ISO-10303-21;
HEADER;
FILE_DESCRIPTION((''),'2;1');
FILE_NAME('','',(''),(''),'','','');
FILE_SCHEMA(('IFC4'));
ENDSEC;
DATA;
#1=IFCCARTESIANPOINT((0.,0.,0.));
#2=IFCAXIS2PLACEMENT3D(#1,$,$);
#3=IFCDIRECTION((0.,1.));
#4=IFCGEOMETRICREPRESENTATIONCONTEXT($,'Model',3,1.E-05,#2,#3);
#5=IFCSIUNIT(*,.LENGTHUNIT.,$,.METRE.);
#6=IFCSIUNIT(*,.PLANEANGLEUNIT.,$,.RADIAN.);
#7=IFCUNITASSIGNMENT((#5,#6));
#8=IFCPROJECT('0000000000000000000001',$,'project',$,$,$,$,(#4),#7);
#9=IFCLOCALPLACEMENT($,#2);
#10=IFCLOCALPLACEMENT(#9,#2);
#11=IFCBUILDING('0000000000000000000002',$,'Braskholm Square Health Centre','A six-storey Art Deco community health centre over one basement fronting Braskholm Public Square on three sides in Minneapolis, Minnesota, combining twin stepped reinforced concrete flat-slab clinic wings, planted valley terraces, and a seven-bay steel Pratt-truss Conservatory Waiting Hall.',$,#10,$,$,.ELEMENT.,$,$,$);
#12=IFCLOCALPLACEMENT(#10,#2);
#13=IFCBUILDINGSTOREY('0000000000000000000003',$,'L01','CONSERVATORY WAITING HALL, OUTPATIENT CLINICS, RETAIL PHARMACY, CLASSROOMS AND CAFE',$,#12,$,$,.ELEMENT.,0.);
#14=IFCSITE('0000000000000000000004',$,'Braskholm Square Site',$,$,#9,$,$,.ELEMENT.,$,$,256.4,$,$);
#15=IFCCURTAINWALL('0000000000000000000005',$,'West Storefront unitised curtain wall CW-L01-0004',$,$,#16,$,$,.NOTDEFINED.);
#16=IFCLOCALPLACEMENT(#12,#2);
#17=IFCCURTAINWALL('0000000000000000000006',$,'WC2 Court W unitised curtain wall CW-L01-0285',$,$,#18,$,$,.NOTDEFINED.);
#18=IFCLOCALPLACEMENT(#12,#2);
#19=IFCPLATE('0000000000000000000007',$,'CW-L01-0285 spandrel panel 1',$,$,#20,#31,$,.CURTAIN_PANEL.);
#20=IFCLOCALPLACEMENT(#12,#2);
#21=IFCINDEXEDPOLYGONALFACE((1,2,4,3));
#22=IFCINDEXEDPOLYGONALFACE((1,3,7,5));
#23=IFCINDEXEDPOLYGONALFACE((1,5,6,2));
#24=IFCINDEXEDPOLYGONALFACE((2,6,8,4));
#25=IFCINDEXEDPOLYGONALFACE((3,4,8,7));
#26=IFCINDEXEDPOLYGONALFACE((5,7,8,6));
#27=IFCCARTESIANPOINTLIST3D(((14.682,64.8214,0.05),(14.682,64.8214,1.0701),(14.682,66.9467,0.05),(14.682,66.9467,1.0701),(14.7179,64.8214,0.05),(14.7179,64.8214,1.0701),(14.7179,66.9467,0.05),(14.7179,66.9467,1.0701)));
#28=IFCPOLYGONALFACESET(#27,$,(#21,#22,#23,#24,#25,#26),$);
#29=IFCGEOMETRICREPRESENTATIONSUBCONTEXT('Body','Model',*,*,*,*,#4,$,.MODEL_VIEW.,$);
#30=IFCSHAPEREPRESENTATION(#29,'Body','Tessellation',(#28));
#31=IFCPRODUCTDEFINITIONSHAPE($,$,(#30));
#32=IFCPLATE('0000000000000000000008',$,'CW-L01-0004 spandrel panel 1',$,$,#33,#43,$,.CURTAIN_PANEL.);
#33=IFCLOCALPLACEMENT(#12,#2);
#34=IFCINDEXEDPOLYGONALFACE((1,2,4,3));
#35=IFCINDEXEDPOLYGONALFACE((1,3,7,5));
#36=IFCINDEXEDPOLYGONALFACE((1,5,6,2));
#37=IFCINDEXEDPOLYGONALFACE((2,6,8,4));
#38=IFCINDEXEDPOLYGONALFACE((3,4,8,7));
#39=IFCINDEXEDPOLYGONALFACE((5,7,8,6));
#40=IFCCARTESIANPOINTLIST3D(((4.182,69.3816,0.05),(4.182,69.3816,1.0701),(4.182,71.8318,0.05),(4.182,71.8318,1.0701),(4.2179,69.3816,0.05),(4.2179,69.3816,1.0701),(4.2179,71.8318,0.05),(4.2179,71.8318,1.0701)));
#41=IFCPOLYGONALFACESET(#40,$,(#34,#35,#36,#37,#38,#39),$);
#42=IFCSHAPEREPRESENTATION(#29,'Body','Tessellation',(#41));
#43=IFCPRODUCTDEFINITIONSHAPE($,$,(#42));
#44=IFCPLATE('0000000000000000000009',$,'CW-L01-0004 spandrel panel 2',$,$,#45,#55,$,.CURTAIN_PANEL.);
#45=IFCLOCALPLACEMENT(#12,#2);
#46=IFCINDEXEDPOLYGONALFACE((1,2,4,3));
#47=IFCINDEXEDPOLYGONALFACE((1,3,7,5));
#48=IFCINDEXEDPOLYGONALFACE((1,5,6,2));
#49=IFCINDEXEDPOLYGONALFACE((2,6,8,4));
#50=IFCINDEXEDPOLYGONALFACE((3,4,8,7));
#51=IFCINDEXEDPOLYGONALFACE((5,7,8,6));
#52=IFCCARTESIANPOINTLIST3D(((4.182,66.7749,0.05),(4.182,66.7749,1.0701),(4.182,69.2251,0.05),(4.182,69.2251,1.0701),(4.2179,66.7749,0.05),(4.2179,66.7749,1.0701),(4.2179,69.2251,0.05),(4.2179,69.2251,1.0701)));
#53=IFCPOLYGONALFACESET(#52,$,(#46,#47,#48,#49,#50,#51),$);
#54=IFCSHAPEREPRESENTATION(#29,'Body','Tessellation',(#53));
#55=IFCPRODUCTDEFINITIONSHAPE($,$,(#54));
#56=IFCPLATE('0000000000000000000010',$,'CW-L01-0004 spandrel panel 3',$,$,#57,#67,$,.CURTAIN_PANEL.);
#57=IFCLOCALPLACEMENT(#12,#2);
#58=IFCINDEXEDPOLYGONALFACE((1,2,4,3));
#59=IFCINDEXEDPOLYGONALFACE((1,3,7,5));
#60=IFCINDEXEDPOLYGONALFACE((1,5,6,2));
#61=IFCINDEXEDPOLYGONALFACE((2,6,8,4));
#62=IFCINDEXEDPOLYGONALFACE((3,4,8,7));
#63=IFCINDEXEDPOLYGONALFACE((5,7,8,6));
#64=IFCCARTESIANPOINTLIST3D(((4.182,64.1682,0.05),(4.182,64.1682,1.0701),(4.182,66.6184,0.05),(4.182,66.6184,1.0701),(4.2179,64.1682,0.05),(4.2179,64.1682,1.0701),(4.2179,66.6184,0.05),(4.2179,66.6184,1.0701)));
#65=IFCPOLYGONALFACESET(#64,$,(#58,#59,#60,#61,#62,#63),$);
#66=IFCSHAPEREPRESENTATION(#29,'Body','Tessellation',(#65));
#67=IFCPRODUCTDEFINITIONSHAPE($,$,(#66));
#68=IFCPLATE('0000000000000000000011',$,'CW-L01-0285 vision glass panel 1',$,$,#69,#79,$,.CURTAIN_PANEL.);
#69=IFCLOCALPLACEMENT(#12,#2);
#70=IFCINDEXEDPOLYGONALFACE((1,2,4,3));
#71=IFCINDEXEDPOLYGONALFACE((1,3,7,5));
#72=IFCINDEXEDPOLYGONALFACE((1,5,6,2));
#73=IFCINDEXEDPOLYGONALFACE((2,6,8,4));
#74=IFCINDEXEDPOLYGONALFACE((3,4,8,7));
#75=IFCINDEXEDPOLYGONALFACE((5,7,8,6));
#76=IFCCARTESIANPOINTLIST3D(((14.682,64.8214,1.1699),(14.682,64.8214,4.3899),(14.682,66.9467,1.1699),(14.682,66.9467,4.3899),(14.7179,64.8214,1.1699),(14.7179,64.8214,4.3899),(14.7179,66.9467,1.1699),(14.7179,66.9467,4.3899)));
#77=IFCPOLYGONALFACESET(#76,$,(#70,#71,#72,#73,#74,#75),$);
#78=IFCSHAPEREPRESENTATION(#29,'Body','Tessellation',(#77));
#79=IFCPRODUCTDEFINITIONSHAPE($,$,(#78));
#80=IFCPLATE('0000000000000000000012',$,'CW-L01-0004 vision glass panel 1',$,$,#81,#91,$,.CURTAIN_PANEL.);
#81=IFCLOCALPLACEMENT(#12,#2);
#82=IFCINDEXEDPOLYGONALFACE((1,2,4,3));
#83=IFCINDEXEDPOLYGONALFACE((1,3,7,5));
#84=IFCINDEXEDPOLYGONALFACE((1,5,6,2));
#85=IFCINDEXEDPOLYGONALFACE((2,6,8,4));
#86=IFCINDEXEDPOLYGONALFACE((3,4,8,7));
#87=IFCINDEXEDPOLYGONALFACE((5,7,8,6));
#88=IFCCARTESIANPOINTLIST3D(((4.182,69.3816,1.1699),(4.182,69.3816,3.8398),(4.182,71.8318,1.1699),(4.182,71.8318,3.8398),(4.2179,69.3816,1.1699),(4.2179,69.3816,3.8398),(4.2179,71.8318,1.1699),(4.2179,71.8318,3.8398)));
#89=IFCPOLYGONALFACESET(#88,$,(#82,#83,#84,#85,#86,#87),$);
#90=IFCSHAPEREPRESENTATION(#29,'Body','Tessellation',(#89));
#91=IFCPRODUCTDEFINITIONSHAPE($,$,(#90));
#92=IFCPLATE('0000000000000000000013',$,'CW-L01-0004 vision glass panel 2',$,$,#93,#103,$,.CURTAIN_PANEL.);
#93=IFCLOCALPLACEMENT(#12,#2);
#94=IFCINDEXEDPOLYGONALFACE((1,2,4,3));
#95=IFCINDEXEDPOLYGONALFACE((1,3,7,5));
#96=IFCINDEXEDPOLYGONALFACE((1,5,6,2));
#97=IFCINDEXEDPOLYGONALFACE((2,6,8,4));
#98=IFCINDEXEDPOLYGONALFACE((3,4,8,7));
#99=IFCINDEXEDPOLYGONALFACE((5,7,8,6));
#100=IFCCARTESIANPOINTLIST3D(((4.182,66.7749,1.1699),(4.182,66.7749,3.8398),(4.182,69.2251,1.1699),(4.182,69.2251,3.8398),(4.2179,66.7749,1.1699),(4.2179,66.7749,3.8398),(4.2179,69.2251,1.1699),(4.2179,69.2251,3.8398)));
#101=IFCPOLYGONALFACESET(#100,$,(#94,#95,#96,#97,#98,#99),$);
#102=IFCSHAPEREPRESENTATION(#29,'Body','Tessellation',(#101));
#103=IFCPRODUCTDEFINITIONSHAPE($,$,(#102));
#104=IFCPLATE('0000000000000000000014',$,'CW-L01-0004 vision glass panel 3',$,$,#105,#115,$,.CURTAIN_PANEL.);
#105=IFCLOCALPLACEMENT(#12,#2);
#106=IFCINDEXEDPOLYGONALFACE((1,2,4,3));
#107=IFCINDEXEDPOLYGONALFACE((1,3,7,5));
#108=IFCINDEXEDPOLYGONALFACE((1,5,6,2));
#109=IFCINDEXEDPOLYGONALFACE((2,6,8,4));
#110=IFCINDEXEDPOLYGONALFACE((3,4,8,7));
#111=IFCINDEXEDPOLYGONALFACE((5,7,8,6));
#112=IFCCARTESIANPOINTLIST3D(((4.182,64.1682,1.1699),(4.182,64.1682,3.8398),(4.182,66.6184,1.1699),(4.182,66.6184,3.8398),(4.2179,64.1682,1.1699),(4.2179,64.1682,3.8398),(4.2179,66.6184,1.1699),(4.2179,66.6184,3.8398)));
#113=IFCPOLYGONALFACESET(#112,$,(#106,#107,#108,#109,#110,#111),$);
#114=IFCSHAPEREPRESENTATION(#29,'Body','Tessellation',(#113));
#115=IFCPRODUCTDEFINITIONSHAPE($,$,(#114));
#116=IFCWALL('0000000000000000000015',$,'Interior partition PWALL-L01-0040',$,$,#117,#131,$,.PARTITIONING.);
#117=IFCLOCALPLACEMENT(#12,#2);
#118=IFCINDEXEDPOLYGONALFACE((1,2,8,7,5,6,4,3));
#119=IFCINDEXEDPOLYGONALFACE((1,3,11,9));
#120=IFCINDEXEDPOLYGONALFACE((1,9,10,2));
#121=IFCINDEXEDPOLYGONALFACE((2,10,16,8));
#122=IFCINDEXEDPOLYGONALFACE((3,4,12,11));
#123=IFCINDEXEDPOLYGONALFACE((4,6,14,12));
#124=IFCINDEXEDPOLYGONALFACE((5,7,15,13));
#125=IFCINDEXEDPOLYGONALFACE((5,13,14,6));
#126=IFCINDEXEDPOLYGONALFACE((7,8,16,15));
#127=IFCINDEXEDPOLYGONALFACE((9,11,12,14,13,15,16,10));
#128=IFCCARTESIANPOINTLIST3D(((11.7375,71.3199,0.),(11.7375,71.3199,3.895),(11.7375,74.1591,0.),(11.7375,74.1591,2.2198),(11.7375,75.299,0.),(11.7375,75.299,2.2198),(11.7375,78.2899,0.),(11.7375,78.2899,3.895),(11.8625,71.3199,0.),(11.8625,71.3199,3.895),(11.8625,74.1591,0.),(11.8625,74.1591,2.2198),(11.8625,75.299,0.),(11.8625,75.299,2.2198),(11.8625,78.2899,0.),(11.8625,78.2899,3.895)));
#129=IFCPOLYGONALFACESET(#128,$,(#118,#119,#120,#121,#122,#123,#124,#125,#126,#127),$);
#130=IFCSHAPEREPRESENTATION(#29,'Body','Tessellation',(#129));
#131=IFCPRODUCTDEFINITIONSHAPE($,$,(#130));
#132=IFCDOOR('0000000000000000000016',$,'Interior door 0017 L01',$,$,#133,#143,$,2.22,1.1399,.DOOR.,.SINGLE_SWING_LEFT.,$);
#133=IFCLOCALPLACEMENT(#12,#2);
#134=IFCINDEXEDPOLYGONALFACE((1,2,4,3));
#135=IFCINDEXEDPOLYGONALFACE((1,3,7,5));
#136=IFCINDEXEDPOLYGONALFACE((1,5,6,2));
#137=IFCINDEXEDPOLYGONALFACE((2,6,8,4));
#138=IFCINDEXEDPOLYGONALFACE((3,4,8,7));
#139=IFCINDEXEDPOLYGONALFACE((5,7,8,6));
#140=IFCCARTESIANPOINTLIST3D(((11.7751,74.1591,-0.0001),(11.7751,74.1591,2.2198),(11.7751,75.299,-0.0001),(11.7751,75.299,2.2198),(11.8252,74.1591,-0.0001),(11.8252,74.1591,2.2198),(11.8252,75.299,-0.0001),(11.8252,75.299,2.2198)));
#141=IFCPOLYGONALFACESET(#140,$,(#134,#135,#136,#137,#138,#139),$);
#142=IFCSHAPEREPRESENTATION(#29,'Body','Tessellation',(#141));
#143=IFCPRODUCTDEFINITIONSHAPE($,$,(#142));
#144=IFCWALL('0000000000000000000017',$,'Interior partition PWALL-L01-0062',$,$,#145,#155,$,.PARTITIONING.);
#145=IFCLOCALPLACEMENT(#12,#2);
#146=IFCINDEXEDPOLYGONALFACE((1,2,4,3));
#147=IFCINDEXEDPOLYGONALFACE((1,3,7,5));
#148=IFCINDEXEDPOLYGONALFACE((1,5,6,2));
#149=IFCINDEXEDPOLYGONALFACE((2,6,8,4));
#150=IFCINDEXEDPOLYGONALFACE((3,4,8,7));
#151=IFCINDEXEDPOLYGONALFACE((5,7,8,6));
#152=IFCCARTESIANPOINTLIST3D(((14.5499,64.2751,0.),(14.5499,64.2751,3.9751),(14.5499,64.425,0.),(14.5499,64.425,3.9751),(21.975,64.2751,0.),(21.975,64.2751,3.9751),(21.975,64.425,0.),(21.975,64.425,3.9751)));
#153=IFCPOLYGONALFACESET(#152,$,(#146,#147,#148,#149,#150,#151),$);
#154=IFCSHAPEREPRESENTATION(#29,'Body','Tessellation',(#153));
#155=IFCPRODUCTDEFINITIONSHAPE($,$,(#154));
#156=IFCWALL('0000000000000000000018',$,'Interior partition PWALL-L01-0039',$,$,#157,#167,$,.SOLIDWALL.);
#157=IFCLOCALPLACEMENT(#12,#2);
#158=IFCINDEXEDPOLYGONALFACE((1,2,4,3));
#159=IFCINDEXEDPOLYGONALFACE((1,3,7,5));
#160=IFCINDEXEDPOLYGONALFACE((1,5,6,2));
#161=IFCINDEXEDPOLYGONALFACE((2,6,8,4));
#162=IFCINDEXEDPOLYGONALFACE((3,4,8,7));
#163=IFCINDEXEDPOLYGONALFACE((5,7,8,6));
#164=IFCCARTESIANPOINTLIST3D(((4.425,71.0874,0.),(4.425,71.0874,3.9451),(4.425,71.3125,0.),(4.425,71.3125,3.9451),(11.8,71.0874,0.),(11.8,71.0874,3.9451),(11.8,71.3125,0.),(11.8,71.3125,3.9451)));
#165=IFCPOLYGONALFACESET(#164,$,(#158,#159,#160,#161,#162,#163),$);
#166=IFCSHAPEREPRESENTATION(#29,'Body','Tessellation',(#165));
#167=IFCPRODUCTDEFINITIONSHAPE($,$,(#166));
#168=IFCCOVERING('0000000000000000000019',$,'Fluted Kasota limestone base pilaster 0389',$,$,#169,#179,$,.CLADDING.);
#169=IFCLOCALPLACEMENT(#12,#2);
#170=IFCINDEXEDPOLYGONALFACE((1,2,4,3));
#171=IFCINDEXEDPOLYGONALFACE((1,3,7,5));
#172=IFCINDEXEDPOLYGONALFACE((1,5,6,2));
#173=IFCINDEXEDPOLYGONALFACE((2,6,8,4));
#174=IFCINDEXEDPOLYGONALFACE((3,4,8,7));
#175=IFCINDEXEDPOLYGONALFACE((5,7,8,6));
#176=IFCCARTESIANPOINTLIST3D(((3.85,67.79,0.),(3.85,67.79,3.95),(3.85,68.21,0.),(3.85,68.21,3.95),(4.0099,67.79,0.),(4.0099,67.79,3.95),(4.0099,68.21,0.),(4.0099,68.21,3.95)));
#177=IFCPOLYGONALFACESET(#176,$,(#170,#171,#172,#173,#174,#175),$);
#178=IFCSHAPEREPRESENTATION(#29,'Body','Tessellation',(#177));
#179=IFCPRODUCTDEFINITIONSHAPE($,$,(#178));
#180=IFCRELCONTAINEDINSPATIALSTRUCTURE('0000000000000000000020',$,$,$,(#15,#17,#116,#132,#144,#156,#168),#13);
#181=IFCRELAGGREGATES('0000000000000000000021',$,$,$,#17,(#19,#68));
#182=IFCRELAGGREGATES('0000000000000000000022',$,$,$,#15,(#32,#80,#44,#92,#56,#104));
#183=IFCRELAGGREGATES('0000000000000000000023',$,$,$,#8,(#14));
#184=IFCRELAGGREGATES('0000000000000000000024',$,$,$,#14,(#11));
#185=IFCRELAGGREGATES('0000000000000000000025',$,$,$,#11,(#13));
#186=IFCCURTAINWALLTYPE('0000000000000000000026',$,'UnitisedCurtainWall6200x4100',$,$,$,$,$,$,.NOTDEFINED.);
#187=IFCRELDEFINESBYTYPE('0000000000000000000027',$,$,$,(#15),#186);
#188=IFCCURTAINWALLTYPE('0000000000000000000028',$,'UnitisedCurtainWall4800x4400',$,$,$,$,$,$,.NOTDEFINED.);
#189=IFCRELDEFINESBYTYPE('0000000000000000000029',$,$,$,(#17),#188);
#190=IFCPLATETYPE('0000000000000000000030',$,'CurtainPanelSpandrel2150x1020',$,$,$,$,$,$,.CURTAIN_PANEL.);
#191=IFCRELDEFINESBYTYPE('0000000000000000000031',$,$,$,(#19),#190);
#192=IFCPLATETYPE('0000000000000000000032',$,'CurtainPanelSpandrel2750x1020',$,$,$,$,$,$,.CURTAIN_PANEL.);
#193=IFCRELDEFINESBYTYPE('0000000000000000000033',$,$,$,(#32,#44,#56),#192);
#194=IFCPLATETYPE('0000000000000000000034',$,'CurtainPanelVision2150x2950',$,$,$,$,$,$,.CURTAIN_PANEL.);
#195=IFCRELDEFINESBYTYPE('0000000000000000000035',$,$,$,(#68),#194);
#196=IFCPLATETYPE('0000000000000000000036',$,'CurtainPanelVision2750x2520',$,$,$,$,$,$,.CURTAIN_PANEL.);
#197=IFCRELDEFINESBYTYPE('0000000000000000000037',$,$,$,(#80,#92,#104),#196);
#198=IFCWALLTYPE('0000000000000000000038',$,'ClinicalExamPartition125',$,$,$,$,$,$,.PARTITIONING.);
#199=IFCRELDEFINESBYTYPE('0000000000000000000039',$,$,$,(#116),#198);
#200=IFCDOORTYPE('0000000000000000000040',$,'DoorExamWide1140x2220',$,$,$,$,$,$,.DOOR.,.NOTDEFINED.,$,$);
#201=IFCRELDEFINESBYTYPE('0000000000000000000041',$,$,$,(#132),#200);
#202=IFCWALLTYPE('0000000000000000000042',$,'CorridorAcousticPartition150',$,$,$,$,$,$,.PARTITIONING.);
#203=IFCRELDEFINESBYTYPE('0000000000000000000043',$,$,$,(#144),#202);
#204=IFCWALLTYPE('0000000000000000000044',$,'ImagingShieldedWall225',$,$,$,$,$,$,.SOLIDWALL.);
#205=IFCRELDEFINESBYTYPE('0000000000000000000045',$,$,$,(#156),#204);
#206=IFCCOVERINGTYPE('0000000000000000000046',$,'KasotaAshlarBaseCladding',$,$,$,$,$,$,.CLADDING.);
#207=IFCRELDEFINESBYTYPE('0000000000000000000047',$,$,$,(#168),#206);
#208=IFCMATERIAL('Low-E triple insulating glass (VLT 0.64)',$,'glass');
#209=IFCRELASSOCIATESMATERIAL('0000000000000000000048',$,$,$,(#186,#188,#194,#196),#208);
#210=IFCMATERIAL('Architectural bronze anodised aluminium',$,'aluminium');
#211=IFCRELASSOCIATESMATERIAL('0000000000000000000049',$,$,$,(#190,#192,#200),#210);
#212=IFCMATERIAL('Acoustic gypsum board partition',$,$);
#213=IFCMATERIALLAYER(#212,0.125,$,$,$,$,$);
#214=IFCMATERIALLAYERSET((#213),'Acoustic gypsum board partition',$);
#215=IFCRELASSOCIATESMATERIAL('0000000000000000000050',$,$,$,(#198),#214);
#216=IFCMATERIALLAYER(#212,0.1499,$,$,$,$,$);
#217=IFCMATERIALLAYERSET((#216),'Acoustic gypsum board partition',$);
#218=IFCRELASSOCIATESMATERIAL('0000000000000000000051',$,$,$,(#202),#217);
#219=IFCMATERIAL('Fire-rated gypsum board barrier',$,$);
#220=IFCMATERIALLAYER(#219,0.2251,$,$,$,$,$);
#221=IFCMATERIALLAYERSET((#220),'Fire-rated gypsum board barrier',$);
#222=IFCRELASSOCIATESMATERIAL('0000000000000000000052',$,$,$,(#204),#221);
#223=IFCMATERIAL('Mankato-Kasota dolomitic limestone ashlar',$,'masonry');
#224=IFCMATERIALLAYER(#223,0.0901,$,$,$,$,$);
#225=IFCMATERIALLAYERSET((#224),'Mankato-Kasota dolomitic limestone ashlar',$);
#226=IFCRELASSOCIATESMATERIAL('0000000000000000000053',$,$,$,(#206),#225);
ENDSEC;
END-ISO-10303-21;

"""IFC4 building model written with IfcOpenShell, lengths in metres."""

from ifc_helpers import new_model, si_unit, direction, frame, frame_2d, origin, origin_with_axes, origin_2d, place, context, subcontext, project, spatial, rectangle, extrude, material, layer, layer_set, type_object, element, fill, aggregate, save


model = new_model("IFC4")

# Units and contexts
model_context = context("Model", 3, precision=1e-05, world=origin(), true_north=direction((0.0, 1.0)))
body_context = subcontext(model_context, "Body", "Model", "MODEL_VIEW")
ifc_project = project(units=[si_unit("LENGTHUNIT", "METRE"), si_unit("PLANEANGLEUNIT", "RADIAN")], contexts=[model_context])

# Site, building, storey
site_placement = place(None, origin())
site = spatial("IfcSite", under=ifc_project, at=site_placement, Name="Braskholm Square Site", CompositionType="ELEMENT", RefElevation=256.4)
building_placement = place(site_placement, origin())
building = spatial("IfcBuilding", under=site, at=building_placement, Name="Braskholm Square Health Centre", Description="A six-storey Art Deco community health centre over one basement fronting Braskholm Public Square on three sides in Minneapolis, Minnesota, combining twin stepped reinforced concrete flat-slab clinic wings, planted valley terraces, and a seven-bay steel Pratt-truss Conservatory Waiting Hall.", CompositionType="ELEMENT")
storey_placement = place(building_placement, origin())
storey = spatial("IfcBuildingStorey", under=building, at=storey_placement, Name="L01", Description="CONSERVATORY WAITING HALL, OUTPATIENT CLINICS, RETAIL PHARMACY, CLASSROOMS AND CAFE", CompositionType="ELEMENT", Elevation=0.0)

# Curtain wall
ifc_material_1 = material(Name="Low-E triple insulating glass (VLT 0.64)", Category="glass")
curtain_wall_type_1 = type_object("IfcCurtainWallType", Name="UnitisedCurtainWall6200x4100", PredefinedType="NOTDEFINED", material=ifc_material_1)
curtain_wall_1_placement = place(storey_placement, origin())
curtain_wall_1 = element("IfcCurtainWall", 1, at=curtain_wall_1_placement, inside=storey, type_object=curtain_wall_type_1, Name="West Storefront unitised curtain wall CW-L01-0004", PredefinedType="NOTDEFINED")
ifc_material_2 = material(Name="Architectural bronze anodised aluminium", Category="aluminium")

# Curtain wall
curtain_wall_type_2 = type_object("IfcCurtainWallType", Name="UnitisedCurtainWall4800x4400", PredefinedType="NOTDEFINED", material=ifc_material_1)
curtain_wall_2_placement = place(storey_placement, origin())
curtain_wall_2 = element("IfcCurtainWall", 2, at=curtain_wall_2_placement, inside=storey, type_object=curtain_wall_type_2, Name="WC2 Court W unitised curtain wall CW-L01-0285", PredefinedType="NOTDEFINED")

# Plates
plate_type_1 = type_object("IfcPlateType", Name="CurtainPanelSpandrel2150x1020", PredefinedType="CURTAIN_PANEL", material=ifc_material_2)
plate_1_placement = place(storey_placement, frame((14.7, 65.884, 0.05), z_axis=(0.0, 0.0, 1.0), x_axis=(0.0, 1.0, 0.0)))
plate_1 = element("IfcPlate", 3, at=plate_1_placement, type_object=plate_type_1, Name="CW-L01-0285 spandrel panel 1", PredefinedType="CURTAIN_PANEL", context=body_context, shape_type="SweptSolid", body=[
    extrude(rectangle(XDim=2.1252, YDim=0.0359, at=origin_2d()), origin(), (0.0, 0.0, 1.0), 1.02),
])
plate_type_2 = type_object("IfcPlateType", Name="CurtainPanelSpandrel2750x1020", PredefinedType="CURTAIN_PANEL", material=ifc_material_2)
plate_2_placement = place(storey_placement, frame((4.2, 70.6067, 0.05), z_axis=(0.0, 0.0, 1.0), x_axis=(0.0, -1.0, 0.0)))
plate_2 = element("IfcPlate", 4, at=plate_2_placement, type_object=plate_type_2, Name="CW-L01-0004 spandrel panel 1", PredefinedType="CURTAIN_PANEL", context=body_context, shape_type="SweptSolid", body=[
    extrude(rectangle(XDim=2.4502, YDim=0.0359, at=origin_2d()), origin(), (0.0, 0.0, 1.0), 1.02),
])
plate_3_placement = place(storey_placement, frame((4.2, 68.0, 0.05), z_axis=(0.0, 0.0, 1.0), x_axis=(0.0, -1.0, 0.0)))
plate_3 = element("IfcPlate", 5, at=plate_3_placement, type_object=plate_type_2, Name="CW-L01-0004 spandrel panel 2", PredefinedType="CURTAIN_PANEL", context=body_context, shape_type="SweptSolid", body=[
    extrude(rectangle(XDim=2.4502, YDim=0.0359, at=origin_2d()), origin(), (0.0, 0.0, 1.0), 1.02),
])
plate_4_placement = place(storey_placement, frame((4.2, 65.3933, 0.05), z_axis=(0.0, 0.0, 1.0), x_axis=(0.0, -1.0, 0.0)))
plate_4 = element("IfcPlate", 6, at=plate_4_placement, type_object=plate_type_2, Name="CW-L01-0004 spandrel panel 3", PredefinedType="CURTAIN_PANEL", context=body_context, shape_type="SweptSolid", body=[
    extrude(rectangle(XDim=2.4502, YDim=0.0359, at=origin_2d()), origin(), (0.0, 0.0, 1.0), 1.02),
])
plate_type_3 = type_object("IfcPlateType", Name="CurtainPanelVision2150x2950", PredefinedType="CURTAIN_PANEL", material=ifc_material_1)
plate_5_placement = place(storey_placement, frame((14.7, 65.884, 1.1699), z_axis=(0.0, 0.0, 1.0), x_axis=(0.0, 1.0, 0.0)))
plate_5 = element("IfcPlate", 7, at=plate_5_placement, type_object=plate_type_3, Name="CW-L01-0285 vision glass panel 1", PredefinedType="CURTAIN_PANEL", context=body_context, shape_type="SweptSolid", body=[
    extrude(rectangle(XDim=2.1252, YDim=0.0359, at=origin_2d()), origin(), (0.0, 0.0, 1.0), 3.22),
])
aggregate(curtain_wall_2, [plate_1, plate_5])
plate_type_4 = type_object("IfcPlateType", Name="CurtainPanelVision2750x2520", PredefinedType="CURTAIN_PANEL", material=ifc_material_1)
plate_6_placement = place(storey_placement, frame((4.2, 70.6067, 1.1699), z_axis=(0.0, 0.0, 1.0), x_axis=(0.0, -1.0, 0.0)))
plate_6 = element("IfcPlate", 8, at=plate_6_placement, type_object=plate_type_4, Name="CW-L01-0004 vision glass panel 1", PredefinedType="CURTAIN_PANEL", context=body_context, shape_type="SweptSolid", body=[
    extrude(rectangle(XDim=2.4502, YDim=0.0359, at=origin_2d()), origin(), (0.0, 0.0, 1.0), 2.6699),
])
plate_7_placement = place(storey_placement, frame((4.2, 68.0, 1.1699), z_axis=(0.0, 0.0, 1.0), x_axis=(0.0, -1.0, 0.0)))
plate_7 = element("IfcPlate", 9, at=plate_7_placement, type_object=plate_type_4, Name="CW-L01-0004 vision glass panel 2", PredefinedType="CURTAIN_PANEL", context=body_context, shape_type="SweptSolid", body=[
    extrude(rectangle(XDim=2.4502, YDim=0.0359, at=origin_2d()), origin(), (0.0, 0.0, 1.0), 2.6699),
])
plate_8_placement = place(storey_placement, frame((4.2, 65.3933, 1.1699), z_axis=(0.0, 0.0, 1.0), x_axis=(0.0, -1.0, 0.0)))
plate_8 = element("IfcPlate", 10, at=plate_8_placement, type_object=plate_type_4, Name="CW-L01-0004 vision glass panel 3", PredefinedType="CURTAIN_PANEL", context=body_context, shape_type="SweptSolid", body=[
    extrude(rectangle(XDim=2.4502, YDim=0.0359, at=origin_2d()), origin(), (0.0, 0.0, 1.0), 2.6699),
])
aggregate(curtain_wall_1, [plate_2, plate_6, plate_3, plate_7, plate_4, plate_8])

# Wall, opening, door
ifc_material_3 = material(Name="Acoustic gypsum board partition")
ifc_layer_1 = layer(ifc_material_3, 0.125)
ifc_layer_set_1 = layer_set([ifc_layer_1], Name="Acoustic gypsum board partition")
wall_type_1 = type_object("IfcWallType", Name="ClinicalExamPartition125", PredefinedType="PARTITIONING", material=ifc_layer_set_1)
wall_1_placement = place(storey_placement, frame((11.8, 71.3201, 0.0), z_axis=(0.0, 0.0, 1.0), x_axis=(0.0, 1.0, 0.0)))
wall_1 = element("IfcWall", 11, at=wall_1_placement, inside=storey, type_object=wall_type_1, Name="Interior partition PWALL-L01-0040", PredefinedType="PARTITIONING", context=body_context, shape_type="SweptSolid", body=[
    extrude(rectangle(XDim=6.97, YDim=0.125, at=frame_2d((3.4849, 0.0))), origin(), (0.0, 0.0, 1.0), 3.895),
])
opening_placement = place(wall_1_placement, frame((2.8391, 0.0, 0.0)))
opening = element("IfcOpeningElement", 12, at=opening_placement, cuts=wall_1, PredefinedType="OPENING", context=body_context, shape_type="SweptSolid", body=[
    extrude(rectangle(XDim=1.1399, YDim=2.22, at=frame_2d((0.5698, 1.1099))), frame((0.0, 0.0725, 0.0), z_axis=(0.0, -1.0, 0.0), x_axis=(1.0, 0.0, 0.0)), (0.0, 0.0, 1.0), 0.145),
])
door_type = type_object("IfcDoorType", Name="DoorExamWide1140x2220", OperationType="NOTDEFINED", PredefinedType="DOOR", material=ifc_material_2)
door_placement = place(opening_placement, origin_with_axes())
door = element("IfcDoor", 13, at=door_placement, inside=storey, type_object=door_type, Name="Interior door 0017 L01", OperationType="SINGLE_SWING_LEFT", OverallHeight=2.22, OverallWidth=1.1399, PredefinedType="DOOR", context=body_context, shape_type="SweptSolid", body=[
    extrude(rectangle(XDim=1.1399, YDim=2.22, at=frame_2d((0.5698, 1.1099))), frame((0.0, 0.0249, 0.0), z_axis=(0.0, -1.0, 0.0), x_axis=(1.0, 0.0, 0.0)), (0.0, 0.0, 1.0), 0.05),
])
fill(opening, door)

# Walls
ifc_layer_2 = layer(ifc_material_3, 0.1499)
ifc_layer_set_2 = layer_set([ifc_layer_2], Name="Acoustic gypsum board partition")
wall_type_2 = type_object("IfcWallType", Name="CorridorAcousticPartition150", PredefinedType="PARTITIONING", material=ifc_layer_set_2)
wall_2_placement = place(storey_placement, frame((14.55, 64.3501, 0.0), z_axis=(0.0, 0.0, 1.0), x_axis=(1.0, 0.0, 0.0)))
element("IfcWall", 14, at=wall_2_placement, inside=storey, type_object=wall_type_2, Name="Interior partition PWALL-L01-0062", PredefinedType="PARTITIONING", context=body_context, shape_type="SweptSolid", body=[
    extrude(rectangle(XDim=7.425, YDim=0.1499, at=frame_2d((3.7124, 0.0))), origin(), (0.0, 0.0, 1.0), 3.9751),
])
ifc_material_4 = material(Name="Fire-rated gypsum board barrier")
ifc_layer_3 = layer(ifc_material_4, 0.2251)
ifc_layer_set_3 = layer_set([ifc_layer_3], Name="Fire-rated gypsum board barrier")
wall_type_3 = type_object("IfcWallType", Name="ImagingShieldedWall225", PredefinedType="SOLIDWALL", material=ifc_layer_set_3)
wall_3_placement = place(storey_placement, frame((4.425, 71.2, 0.0), z_axis=(0.0, 0.0, 1.0), x_axis=(1.0, 0.0, 0.0)))
element("IfcWall", 15, at=wall_3_placement, inside=storey, type_object=wall_type_3, Name="Interior partition PWALL-L01-0039", PredefinedType="SOLIDWALL", context=body_context, shape_type="SweptSolid", body=[
    extrude(rectangle(XDim=7.375, YDim=0.2251, at=frame_2d((3.6875, 0.0))), origin(), (0.0, 0.0, 1.0), 3.9451),
])

# Covering
ifc_material_5 = material(Name="Mankato-Kasota dolomitic limestone ashlar", Category="masonry")
ifc_layer_4 = layer(ifc_material_5, 0.0901)
ifc_layer_set_4 = layer_set([ifc_layer_4], Name="Mankato-Kasota dolomitic limestone ashlar")
covering_type_1 = type_object("IfcCoveringType", Name="KasotaAshlarBaseCladding", PredefinedType="CLADDING", material=ifc_layer_set_4)
covering_1_placement = place(storey_placement, frame((3.9299, 68.0, 0.0), z_axis=(0.0, 0.0, 1.0), x_axis=(1.0, 0.0, 0.0)))
element("IfcCovering", 16, at=covering_1_placement, inside=storey, type_object=covering_type_1, Name="Fluted Kasota limestone base pilaster 0389", PredefinedType="CLADDING", context=body_context, shape_type="SweptSolid", body=[
    extrude(rectangle(XDim=0.1599, YDim=0.4199, at=origin_2d()), origin(), (0.0, 0.0, 1.0), 3.95),
])

save(model, "model.ifc")
